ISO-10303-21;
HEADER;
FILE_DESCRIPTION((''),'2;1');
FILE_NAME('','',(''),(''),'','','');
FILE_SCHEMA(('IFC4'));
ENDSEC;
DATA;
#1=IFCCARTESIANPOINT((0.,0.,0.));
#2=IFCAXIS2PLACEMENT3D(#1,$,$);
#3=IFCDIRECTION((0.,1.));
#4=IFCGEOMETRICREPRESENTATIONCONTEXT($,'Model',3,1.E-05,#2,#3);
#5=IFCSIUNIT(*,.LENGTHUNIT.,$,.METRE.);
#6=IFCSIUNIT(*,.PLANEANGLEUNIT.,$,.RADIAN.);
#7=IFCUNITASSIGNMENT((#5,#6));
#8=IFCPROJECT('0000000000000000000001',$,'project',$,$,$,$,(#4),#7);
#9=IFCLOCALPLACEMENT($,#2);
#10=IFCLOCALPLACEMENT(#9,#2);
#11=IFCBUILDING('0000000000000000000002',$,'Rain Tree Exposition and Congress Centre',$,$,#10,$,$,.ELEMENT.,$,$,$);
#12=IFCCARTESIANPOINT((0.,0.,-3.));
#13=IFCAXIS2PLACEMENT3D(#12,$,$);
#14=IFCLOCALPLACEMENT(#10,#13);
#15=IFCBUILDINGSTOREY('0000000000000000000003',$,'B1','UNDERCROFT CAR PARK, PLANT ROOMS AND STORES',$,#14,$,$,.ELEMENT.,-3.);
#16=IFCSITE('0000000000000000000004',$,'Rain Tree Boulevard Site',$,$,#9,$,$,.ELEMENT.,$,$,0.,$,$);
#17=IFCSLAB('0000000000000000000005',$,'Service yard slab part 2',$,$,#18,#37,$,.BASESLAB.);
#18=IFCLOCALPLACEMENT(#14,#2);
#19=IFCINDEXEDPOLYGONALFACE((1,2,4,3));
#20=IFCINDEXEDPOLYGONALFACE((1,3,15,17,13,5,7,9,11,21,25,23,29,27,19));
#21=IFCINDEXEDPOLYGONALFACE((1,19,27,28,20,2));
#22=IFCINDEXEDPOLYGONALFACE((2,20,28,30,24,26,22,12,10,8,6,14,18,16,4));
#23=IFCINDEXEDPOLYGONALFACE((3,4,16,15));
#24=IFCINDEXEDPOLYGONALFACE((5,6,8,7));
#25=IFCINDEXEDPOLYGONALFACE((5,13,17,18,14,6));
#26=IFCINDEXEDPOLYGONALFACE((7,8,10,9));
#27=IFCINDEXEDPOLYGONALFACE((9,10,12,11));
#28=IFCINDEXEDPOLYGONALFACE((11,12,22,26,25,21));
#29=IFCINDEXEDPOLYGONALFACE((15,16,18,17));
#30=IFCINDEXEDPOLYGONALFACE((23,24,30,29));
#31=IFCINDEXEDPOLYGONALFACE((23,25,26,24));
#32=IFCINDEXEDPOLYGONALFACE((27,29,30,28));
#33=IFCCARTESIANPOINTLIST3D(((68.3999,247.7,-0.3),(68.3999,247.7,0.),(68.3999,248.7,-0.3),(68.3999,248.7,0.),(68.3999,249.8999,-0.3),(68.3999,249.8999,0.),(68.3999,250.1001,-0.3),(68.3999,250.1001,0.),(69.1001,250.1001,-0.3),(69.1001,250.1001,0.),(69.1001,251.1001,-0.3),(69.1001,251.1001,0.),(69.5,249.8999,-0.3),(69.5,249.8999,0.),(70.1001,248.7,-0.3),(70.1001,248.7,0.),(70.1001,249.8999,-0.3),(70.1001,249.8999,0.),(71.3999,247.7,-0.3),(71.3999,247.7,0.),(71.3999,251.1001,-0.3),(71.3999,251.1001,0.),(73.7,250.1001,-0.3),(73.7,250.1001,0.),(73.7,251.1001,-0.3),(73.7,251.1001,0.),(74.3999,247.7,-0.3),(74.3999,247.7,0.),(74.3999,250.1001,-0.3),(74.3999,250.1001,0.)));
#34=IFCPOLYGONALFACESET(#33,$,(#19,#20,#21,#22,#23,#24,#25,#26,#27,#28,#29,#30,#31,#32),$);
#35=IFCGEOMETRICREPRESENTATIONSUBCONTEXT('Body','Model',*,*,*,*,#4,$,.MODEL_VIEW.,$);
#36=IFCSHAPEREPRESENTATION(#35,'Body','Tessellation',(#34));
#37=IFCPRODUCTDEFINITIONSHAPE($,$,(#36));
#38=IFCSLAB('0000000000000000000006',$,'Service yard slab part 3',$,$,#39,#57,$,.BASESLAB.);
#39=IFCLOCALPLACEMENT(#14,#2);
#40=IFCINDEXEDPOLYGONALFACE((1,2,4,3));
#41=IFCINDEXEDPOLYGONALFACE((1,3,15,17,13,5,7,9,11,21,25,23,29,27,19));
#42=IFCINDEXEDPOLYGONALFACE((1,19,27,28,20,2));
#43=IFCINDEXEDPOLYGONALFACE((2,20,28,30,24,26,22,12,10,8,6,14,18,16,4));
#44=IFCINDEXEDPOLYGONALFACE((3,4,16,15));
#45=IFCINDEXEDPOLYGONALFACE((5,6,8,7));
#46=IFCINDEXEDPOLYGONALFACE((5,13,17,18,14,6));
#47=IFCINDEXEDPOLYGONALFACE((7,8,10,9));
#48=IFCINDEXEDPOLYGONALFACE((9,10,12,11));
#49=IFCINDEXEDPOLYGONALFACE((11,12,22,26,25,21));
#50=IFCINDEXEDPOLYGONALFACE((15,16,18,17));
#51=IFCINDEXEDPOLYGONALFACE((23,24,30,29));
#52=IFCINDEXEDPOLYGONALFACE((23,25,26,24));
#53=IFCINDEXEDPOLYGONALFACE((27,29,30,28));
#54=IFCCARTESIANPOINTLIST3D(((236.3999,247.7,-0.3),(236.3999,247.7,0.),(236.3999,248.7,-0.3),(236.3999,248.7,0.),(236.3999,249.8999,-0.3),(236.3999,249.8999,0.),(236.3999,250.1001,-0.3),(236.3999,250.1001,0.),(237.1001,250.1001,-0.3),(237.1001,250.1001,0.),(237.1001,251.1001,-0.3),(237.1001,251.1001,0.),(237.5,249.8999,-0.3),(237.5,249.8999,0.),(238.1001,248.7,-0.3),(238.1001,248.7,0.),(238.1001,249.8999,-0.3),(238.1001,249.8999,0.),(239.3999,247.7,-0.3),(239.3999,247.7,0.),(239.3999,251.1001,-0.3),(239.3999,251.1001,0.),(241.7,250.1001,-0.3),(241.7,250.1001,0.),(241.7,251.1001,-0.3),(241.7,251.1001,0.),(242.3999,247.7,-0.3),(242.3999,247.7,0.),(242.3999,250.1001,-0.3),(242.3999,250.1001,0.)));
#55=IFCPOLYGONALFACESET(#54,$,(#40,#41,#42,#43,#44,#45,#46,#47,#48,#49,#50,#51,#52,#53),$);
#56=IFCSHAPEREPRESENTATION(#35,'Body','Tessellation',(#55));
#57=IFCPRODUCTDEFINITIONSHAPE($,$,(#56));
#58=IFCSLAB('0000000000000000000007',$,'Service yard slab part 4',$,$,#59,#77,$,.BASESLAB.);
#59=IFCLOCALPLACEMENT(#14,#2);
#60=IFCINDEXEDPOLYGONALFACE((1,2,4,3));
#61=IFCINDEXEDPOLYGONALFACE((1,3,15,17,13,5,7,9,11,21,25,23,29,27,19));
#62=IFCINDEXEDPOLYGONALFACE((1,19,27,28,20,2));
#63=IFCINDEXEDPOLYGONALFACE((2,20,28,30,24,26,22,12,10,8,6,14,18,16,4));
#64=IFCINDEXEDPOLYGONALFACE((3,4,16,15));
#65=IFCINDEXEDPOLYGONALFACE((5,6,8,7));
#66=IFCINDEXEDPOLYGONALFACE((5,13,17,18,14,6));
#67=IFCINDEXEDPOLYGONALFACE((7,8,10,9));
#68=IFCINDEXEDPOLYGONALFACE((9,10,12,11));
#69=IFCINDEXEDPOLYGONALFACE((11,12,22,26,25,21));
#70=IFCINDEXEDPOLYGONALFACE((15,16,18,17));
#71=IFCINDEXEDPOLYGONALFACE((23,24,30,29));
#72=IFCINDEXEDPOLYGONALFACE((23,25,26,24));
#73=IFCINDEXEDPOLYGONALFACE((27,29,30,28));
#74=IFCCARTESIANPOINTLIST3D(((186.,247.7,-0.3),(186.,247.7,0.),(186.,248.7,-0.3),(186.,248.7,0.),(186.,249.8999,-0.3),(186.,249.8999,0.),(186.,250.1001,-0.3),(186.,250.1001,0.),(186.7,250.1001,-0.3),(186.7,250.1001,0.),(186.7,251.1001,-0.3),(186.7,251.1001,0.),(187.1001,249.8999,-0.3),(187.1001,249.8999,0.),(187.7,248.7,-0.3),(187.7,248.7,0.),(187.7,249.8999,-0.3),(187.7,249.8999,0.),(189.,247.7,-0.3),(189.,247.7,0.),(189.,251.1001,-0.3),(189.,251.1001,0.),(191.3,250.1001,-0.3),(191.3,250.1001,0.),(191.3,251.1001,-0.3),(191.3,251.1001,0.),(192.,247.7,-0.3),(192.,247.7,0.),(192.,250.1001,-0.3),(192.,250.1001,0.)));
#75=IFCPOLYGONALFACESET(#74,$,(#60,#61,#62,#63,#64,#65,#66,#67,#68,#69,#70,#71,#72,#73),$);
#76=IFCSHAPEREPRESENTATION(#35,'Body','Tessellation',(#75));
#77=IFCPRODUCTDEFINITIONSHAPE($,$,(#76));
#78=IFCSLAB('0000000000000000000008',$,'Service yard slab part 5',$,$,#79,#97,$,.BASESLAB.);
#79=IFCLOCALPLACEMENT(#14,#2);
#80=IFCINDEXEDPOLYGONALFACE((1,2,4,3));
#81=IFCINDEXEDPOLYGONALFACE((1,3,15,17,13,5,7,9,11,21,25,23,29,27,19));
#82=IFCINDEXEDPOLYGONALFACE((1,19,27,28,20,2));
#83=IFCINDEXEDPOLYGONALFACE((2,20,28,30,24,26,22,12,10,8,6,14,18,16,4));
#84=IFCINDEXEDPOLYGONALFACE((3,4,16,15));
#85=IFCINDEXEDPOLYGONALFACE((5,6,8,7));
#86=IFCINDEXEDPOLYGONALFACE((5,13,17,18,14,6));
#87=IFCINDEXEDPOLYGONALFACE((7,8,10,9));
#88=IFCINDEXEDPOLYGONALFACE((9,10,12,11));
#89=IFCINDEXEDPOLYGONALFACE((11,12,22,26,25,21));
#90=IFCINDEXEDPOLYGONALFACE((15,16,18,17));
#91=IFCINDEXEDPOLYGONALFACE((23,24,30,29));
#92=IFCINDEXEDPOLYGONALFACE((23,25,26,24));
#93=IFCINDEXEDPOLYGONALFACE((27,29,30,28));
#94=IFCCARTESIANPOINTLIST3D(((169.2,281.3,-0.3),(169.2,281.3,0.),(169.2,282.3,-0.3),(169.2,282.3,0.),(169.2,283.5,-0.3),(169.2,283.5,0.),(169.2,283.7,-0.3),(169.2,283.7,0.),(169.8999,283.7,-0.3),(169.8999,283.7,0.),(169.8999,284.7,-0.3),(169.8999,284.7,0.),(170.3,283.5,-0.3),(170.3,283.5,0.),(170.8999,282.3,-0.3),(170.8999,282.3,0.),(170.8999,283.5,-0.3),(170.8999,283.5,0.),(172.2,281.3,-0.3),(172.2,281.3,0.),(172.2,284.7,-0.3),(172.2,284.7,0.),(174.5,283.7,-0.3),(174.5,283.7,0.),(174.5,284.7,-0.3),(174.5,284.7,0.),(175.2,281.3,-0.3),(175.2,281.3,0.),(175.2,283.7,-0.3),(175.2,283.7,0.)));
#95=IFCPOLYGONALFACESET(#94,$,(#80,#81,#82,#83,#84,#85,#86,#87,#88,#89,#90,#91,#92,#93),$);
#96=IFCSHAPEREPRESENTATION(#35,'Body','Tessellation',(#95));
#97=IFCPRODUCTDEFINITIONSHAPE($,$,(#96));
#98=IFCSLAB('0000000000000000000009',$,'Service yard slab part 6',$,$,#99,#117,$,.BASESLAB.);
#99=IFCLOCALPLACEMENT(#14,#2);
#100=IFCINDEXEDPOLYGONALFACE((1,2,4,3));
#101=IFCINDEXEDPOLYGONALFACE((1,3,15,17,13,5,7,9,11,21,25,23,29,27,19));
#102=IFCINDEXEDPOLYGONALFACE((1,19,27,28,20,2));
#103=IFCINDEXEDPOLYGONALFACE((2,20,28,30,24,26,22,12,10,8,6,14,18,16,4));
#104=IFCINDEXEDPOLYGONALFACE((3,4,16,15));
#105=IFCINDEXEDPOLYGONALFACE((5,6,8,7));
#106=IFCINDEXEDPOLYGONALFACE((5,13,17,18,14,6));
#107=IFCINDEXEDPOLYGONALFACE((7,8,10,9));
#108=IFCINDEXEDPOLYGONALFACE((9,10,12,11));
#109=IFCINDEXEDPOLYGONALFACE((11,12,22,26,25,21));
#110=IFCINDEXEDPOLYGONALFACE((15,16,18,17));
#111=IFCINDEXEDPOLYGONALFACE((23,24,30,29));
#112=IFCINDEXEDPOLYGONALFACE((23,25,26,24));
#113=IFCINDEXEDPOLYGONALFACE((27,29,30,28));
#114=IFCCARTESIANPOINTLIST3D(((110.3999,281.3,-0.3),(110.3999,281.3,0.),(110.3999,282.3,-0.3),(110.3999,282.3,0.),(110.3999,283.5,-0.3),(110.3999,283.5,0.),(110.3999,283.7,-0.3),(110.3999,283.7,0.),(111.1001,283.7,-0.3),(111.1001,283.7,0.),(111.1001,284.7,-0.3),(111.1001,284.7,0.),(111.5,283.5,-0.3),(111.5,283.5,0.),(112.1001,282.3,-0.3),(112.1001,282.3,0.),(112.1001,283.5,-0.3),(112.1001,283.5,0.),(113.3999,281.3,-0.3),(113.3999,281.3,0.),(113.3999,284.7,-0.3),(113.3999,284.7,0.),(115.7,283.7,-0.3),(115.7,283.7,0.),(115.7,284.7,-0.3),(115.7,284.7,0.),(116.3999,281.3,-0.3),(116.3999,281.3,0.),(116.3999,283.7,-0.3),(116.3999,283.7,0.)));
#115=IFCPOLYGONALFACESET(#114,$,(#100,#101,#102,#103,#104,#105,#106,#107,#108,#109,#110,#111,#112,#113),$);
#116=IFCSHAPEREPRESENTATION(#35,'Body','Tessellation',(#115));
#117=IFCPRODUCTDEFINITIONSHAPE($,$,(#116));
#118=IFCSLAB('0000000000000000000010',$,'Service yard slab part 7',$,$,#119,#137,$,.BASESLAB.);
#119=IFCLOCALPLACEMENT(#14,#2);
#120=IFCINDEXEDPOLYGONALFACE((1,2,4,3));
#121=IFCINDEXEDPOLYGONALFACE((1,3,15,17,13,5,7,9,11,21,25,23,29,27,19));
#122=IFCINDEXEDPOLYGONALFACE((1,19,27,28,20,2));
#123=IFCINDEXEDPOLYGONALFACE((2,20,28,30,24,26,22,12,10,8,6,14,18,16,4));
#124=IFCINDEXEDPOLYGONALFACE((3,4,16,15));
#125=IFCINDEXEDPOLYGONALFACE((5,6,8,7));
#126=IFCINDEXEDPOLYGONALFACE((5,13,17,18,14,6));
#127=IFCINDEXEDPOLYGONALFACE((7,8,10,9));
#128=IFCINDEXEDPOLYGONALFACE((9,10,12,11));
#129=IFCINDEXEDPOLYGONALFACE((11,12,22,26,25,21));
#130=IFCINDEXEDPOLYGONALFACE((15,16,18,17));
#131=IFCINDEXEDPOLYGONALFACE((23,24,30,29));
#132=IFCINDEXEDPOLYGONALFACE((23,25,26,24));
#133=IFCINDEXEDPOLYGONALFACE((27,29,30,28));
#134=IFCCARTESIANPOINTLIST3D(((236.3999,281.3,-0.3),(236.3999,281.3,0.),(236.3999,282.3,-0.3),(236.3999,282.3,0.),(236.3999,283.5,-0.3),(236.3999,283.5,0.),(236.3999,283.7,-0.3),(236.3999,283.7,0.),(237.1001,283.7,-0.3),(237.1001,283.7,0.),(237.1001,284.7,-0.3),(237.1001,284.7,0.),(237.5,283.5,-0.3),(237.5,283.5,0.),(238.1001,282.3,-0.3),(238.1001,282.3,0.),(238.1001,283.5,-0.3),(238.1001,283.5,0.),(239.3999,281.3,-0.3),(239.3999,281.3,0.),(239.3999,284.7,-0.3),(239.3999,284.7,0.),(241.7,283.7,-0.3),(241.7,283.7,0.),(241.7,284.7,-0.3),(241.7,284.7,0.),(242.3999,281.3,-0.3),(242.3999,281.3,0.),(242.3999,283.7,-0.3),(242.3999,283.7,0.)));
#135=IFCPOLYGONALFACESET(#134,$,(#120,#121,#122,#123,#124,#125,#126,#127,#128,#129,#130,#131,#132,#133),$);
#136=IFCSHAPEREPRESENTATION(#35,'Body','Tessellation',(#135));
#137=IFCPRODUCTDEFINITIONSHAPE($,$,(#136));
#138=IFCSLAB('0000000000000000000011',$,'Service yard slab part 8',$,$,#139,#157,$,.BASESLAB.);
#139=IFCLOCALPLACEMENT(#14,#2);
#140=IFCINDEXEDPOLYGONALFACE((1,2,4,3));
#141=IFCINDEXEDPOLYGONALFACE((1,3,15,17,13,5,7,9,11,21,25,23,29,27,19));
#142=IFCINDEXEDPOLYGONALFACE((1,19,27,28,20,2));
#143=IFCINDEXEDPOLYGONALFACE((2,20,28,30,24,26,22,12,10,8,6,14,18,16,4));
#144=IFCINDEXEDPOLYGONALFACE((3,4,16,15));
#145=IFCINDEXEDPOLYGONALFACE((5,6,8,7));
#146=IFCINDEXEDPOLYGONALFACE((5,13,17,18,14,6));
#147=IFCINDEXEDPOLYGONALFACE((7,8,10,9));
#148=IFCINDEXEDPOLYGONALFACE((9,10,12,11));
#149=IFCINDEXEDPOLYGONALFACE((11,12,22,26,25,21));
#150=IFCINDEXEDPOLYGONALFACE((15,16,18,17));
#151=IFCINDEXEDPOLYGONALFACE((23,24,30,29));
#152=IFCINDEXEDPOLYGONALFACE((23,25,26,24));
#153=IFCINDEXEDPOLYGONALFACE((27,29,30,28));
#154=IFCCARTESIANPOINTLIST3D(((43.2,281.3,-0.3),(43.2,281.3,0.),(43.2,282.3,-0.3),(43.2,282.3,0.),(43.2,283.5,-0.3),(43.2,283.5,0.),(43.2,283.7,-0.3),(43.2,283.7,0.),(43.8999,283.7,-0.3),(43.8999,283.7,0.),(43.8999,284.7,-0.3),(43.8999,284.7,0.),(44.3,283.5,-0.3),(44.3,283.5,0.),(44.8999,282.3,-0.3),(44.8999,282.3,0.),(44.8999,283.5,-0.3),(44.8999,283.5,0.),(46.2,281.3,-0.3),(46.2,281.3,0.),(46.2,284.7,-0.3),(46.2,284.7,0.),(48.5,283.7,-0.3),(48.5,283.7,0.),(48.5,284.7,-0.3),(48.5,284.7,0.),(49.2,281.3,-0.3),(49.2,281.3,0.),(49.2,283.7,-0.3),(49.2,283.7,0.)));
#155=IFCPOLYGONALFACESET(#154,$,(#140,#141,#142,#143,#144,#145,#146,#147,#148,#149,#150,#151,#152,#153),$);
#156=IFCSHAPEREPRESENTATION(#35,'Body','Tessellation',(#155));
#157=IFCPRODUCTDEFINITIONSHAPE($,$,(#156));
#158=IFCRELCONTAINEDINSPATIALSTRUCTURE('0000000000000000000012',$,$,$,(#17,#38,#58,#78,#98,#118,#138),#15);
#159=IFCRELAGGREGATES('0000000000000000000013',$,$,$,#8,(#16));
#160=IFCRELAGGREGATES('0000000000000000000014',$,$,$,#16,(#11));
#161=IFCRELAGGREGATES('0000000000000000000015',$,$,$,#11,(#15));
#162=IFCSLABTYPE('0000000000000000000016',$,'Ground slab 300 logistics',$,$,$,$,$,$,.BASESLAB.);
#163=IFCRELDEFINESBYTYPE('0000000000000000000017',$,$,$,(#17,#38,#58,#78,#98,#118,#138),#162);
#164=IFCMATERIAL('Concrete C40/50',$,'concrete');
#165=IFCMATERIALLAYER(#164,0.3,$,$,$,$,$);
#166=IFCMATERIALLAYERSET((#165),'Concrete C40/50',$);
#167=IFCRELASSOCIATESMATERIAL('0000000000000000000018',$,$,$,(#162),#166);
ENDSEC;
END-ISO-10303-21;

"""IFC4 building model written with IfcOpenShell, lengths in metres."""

from ifc_helpers import new_model, si_unit, direction, frame, origin, place, context, subcontext, project, spatial, polyline, outline, extrude, material, layer, layer_set, type_object, element, save


model = new_model("IFC4")

# Units and contexts
model_context = context("Model", 3, precision=1e-05, world=origin(), true_north=direction((0.0, 1.0)))
body_context = subcontext(model_context, "Body", "Model", "MODEL_VIEW")
ifc_project = project(units=[si_unit("LENGTHUNIT", "METRE"), si_unit("PLANEANGLEUNIT", "RADIAN")], contexts=[model_context])

# Site, building, storey
site_placement = place(None, origin())
site = spatial("IfcSite", under=ifc_project, at=site_placement, Name="Rain Tree Boulevard Site", CompositionType="ELEMENT", RefElevation=0.0)
building_placement = place(site_placement, origin())
building = spatial("IfcBuilding", under=site, at=building_placement, Name="Rain Tree Exposition and Congress Centre", CompositionType="ELEMENT")
storey_placement = place(building_placement, frame((0.0, 0.0, -3.0)))
storey = spatial("IfcBuildingStorey", under=building, at=storey_placement, Name="B1", Description="UNDERCROFT CAR PARK, PLANT ROOMS AND STORES", CompositionType="ELEMENT", Elevation=-3.0)

# Slabs
ifc_material_1 = material(Name="Concrete C40/50", Category="concrete")
ifc_layer_1 = layer(ifc_material_1, 0.3)
ifc_layer_set_1 = layer_set([ifc_layer_1], Name="Concrete C40/50")
slab_type_1 = type_object("IfcSlabType", Name="Ground slab 300 logistics", PredefinedType="BASESLAB", material=ifc_layer_set_1)
slab_1_placement = place(storey_placement, frame((0.0, 0.0, -0.3)))
element("IfcSlab", 1, at=slab_1_placement, inside=storey, type_object=slab_type_1, Name="Service yard slab part 2", PredefinedType="BASESLAB", context=body_context, shape_type="SweptSolid", body=[
    extrude(outline(polyline([(71.3999, 251.1001), (69.1001, 251.1001), (69.1001, 250.1001), (68.3999, 250.1001), (68.3999, 249.8999), (69.5, 249.8999), (70.1001, 249.8999), (70.1001, 248.7), (68.3999, 248.7), (68.3999, 247.7), (71.3999, 247.7), (74.3999, 247.7), (74.3999, 250.1001), (73.7, 250.1001), (73.7, 251.1001), (71.3999, 251.1001)])), origin(), (0.0, 0.0, 1.0), 0.3),
])
slab_2_placement = place(storey_placement, frame((0.0, 0.0, -0.3)))
element("IfcSlab", 2, at=slab_2_placement, inside=storey, type_object=slab_type_1, Name="Service yard slab part 3", PredefinedType="BASESLAB", context=body_context, shape_type="SweptSolid", body=[
    extrude(outline(polyline([(239.3999, 251.1001), (237.1001, 251.1001), (237.1001, 250.1001), (236.3999, 250.1001), (236.3999, 249.8999), (237.5, 249.8999), (238.1001, 249.8999), (238.1001, 248.7), (236.3999, 248.7), (236.3999, 247.7), (239.3999, 247.7), (242.3999, 247.7), (242.3999, 250.1001), (241.7, 250.1001), (241.7, 251.1001), (239.3999, 251.1001)])), origin(), (0.0, 0.0, 1.0), 0.3),
])
slab_3_placement = place(storey_placement, frame((0.0, 0.0, -0.3)))
element("IfcSlab", 3, at=slab_3_placement, inside=storey, type_object=slab_type_1, Name="Service yard slab part 4", PredefinedType="BASESLAB", context=body_context, shape_type="SweptSolid", body=[
    extrude(outline(polyline([(186.7, 251.1001), (186.7, 250.1001), (186.0, 250.1001), (186.0, 249.8999), (187.1001, 249.8999), (187.7, 249.8999), (187.7, 248.7), (186.0, 248.7), (186.0, 247.7), (189.0, 247.7), (192.0, 247.7), (192.0, 250.1001), (191.3, 250.1001), (191.3, 251.1001), (189.0, 251.1001), (186.7, 251.1001)])), origin(), (0.0, 0.0, 1.0), 0.3),
])
slab_4_placement = place(storey_placement, frame((0.0, 0.0, -0.3)))
element("IfcSlab", 4, at=slab_4_placement, inside=storey, type_object=slab_type_1, Name="Service yard slab part 5", PredefinedType="BASESLAB", context=body_context, shape_type="SweptSolid", body=[
    extrude(outline(polyline([(170.3, 283.5), (170.8999, 283.5), (170.8999, 282.3), (169.2, 282.3), (169.2, 281.3), (172.2, 281.3), (175.2, 281.3), (175.2, 283.7), (174.5, 283.7), (174.5, 284.7), (172.2, 284.7), (169.8999, 284.7), (169.8999, 283.7), (169.2, 283.7), (169.2, 283.5), (170.3, 283.5)])), origin(), (0.0, 0.0, 1.0), 0.3),
])
slab_5_placement = place(storey_placement, frame((0.0, 0.0, -0.3)))
element("IfcSlab", 5, at=slab_5_placement, inside=storey, type_object=slab_type_1, Name="Service yard slab part 6", PredefinedType="BASESLAB", context=body_context, shape_type="SweptSolid", body=[
    extrude(outline(polyline([(112.1001, 283.5), (112.1001, 282.3), (110.3999, 282.3), (110.3999, 281.3), (113.3999, 281.3), (116.3999, 281.3), (116.3999, 283.7), (115.7, 283.7), (115.7, 284.7), (113.3999, 284.7), (111.1001, 284.7), (111.1001, 283.7), (110.3999, 283.7), (110.3999, 283.5), (111.5, 283.5), (112.1001, 283.5)])), origin(), (0.0, 0.0, 1.0), 0.3),
])
slab_6_placement = place(storey_placement, frame((0.0, 0.0, -0.3)))
element("IfcSlab", 6, at=slab_6_placement, inside=storey, type_object=slab_type_1, Name="Service yard slab part 7", PredefinedType="BASESLAB", context=body_context, shape_type="SweptSolid", body=[
    extrude(outline(polyline([(238.1001, 283.5), (238.1001, 282.3), (236.3999, 282.3), (236.3999, 281.3), (239.3999, 281.3), (242.3999, 281.3), (242.3999, 283.7), (241.7, 283.7), (241.7, 284.7), (239.3999, 284.7), (237.1001, 284.7), (237.1001, 283.7), (236.3999, 283.7), (236.3999, 283.5), (237.5, 283.5), (238.1001, 283.5)])), origin(), (0.0, 0.0, 1.0), 0.3),
])
slab_7_placement = place(storey_placement, frame((0.0, 0.0, -0.3)))
element("IfcSlab", 7, at=slab_7_placement, inside=storey, type_object=slab_type_1, Name="Service yard slab part 8", PredefinedType="BASESLAB", context=body_context, shape_type="SweptSolid", body=[
    extrude(outline(polyline([(46.2, 284.7), (43.8999, 284.7), (43.8999, 283.7), (43.2, 283.7), (43.2, 283.5), (44.3, 283.5), (44.8999, 283.5), (44.8999, 282.3), (43.2, 282.3), (43.2, 281.3), (46.2, 281.3), (49.2, 281.3), (49.2, 283.7), (48.5, 283.7), (48.5, 284.7), (46.2, 284.7)])), origin(), (0.0, 0.0, 1.0), 0.3),
])

save(model, "model.ifc")
